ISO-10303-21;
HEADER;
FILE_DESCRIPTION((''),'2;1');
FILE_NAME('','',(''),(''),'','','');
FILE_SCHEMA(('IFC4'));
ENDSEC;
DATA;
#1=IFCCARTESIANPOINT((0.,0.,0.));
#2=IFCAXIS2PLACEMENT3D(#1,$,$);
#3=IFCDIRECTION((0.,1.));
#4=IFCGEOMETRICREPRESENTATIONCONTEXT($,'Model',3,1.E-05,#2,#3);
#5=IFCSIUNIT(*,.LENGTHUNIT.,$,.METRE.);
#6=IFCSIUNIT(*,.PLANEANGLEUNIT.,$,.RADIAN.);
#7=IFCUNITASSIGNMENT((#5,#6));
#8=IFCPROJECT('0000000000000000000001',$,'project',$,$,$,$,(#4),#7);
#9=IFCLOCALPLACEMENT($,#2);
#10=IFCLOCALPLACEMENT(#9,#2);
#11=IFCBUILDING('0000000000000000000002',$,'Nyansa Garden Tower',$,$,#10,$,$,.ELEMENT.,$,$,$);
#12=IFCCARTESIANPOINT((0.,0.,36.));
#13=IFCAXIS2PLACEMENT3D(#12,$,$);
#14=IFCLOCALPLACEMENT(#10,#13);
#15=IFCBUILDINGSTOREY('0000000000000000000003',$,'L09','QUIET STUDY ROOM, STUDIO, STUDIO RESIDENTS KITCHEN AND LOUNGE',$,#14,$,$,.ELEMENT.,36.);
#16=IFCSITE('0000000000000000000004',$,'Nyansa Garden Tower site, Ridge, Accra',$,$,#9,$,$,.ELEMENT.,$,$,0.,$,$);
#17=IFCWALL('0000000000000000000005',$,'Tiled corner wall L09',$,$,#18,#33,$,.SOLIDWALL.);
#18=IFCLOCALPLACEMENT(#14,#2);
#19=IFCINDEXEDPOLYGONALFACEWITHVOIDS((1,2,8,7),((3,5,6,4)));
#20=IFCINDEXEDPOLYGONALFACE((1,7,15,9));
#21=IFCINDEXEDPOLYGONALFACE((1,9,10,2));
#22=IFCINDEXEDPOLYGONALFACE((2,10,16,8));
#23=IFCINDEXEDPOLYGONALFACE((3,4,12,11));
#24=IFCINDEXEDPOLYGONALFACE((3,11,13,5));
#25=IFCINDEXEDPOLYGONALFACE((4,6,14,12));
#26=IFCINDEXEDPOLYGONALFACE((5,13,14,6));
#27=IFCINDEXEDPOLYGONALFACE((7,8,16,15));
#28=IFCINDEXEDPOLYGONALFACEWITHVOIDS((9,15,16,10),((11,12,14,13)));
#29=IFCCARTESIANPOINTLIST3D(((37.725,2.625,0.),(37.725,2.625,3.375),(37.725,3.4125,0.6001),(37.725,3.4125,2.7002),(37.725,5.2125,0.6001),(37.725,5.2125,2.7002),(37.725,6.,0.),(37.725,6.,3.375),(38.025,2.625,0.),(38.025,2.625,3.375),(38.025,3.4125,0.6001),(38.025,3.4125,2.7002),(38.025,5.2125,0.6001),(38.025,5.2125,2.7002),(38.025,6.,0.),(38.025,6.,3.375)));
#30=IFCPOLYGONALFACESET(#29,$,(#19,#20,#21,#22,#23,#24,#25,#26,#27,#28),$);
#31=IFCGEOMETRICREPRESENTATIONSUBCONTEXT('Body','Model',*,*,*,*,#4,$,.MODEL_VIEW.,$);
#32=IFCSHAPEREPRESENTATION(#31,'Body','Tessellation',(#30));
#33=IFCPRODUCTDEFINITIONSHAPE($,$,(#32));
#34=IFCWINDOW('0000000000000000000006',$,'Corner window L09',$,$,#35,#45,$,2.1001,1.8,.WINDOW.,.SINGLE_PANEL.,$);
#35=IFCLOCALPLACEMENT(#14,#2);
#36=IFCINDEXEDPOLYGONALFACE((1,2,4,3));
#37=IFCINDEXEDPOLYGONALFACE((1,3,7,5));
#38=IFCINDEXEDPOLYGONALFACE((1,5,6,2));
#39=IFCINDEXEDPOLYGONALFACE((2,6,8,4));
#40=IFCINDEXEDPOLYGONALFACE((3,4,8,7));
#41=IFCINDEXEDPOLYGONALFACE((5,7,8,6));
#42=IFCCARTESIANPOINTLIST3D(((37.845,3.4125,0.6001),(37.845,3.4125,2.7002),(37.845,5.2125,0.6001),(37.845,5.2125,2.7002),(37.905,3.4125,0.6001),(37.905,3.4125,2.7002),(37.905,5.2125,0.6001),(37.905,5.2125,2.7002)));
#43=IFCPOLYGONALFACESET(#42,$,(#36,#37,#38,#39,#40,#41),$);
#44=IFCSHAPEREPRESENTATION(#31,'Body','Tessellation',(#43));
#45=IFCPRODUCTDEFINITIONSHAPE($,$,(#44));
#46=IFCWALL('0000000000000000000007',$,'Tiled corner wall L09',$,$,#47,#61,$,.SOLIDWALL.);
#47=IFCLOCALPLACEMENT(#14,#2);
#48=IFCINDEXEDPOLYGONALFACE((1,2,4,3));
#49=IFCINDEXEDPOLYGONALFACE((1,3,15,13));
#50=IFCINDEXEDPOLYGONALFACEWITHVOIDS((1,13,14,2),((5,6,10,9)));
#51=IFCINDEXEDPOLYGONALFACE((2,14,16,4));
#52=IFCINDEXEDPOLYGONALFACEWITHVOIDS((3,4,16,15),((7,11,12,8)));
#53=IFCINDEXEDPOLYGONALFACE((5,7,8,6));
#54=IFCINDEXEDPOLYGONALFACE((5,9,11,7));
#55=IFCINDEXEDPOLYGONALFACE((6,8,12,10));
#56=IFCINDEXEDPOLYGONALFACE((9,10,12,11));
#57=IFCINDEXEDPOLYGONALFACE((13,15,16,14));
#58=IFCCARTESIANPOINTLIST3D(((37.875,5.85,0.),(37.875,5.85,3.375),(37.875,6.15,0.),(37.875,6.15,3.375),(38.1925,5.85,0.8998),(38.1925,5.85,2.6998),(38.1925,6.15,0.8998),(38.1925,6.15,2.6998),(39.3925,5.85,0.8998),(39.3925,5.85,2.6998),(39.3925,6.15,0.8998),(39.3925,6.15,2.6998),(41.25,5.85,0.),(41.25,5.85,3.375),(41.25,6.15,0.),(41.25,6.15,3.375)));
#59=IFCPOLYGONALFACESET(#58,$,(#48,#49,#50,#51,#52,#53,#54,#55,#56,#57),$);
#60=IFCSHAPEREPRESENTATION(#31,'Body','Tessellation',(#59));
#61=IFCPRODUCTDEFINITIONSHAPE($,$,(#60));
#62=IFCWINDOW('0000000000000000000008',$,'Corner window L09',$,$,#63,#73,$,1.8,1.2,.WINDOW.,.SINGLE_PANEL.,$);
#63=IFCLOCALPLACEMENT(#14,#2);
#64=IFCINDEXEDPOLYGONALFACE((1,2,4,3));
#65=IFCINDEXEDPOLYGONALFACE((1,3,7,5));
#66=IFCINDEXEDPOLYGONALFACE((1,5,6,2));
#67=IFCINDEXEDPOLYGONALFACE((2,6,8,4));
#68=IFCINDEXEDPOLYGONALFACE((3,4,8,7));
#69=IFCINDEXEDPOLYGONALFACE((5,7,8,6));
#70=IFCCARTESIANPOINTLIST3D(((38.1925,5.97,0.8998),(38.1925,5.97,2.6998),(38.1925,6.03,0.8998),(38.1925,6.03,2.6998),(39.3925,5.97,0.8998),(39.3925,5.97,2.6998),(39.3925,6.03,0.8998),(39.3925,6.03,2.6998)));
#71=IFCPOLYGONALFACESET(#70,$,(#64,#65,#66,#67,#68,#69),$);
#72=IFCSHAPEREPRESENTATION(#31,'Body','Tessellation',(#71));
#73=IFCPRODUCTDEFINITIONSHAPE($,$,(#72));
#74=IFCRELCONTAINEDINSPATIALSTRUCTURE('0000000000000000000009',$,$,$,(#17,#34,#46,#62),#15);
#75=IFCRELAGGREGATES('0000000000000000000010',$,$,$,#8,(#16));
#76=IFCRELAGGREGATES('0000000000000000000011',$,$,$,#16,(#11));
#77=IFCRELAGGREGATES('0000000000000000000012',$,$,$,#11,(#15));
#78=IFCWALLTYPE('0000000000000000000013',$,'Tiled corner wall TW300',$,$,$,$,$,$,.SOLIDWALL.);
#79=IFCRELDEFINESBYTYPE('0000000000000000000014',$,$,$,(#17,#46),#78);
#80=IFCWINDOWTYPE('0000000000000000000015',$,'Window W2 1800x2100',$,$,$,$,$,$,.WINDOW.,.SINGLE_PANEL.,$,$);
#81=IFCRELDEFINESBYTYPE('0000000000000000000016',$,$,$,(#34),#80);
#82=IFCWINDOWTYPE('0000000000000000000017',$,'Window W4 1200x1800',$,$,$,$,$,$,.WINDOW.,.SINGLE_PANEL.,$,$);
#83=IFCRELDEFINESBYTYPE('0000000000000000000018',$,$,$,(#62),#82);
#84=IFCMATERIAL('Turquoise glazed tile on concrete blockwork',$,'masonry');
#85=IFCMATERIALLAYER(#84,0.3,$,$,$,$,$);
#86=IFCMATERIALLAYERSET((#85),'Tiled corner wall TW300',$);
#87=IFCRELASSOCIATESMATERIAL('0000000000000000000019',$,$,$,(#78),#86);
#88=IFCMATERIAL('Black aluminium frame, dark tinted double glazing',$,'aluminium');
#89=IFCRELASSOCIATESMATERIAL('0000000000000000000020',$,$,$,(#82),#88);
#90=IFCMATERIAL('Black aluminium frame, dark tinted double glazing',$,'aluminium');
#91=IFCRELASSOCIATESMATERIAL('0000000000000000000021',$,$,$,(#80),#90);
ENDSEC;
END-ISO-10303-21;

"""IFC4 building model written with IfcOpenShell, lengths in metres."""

from ifc_helpers import new_model, si_unit, direction, frame, frame_2d, origin, place, context, subcontext, project, spatial, rectangle, extrude, material, layer, layer_set, type_object, element, fill, save


model = new_model("IFC4")

# Units and contexts
model_context = context("Model", 3, precision=1e-05, world=origin(), true_north=direction((0.0, 1.0)))
body_context = subcontext(model_context, "Body", "Model", "MODEL_VIEW")
ifc_project = project(units=[si_unit("LENGTHUNIT", "METRE"), si_unit("PLANEANGLEUNIT", "RADIAN")], contexts=[model_context])

# Site, building, storey
site_placement = place(None, origin())
site = spatial("IfcSite", under=ifc_project, at=site_placement, Name="Nyansa Garden Tower site, Ridge, Accra", CompositionType="ELEMENT", RefElevation=0.0)
building_placement = place(site_placement, origin())
building = spatial("IfcBuilding", under=site, at=building_placement, Name="Nyansa Garden Tower", CompositionType="ELEMENT")
storey_placement = place(building_placement, frame((0.0, 0.0, 36.0)))
storey = spatial("IfcBuildingStorey", under=building, at=storey_placement, Name="L09", Description="QUIET STUDY ROOM, STUDIO, STUDIO RESIDENTS KITCHEN AND LOUNGE", CompositionType="ELEMENT", Elevation=36.0)

# Walls, openings, windows
ifc_material_1 = material(Name="Turquoise glazed tile on concrete blockwork", Category="masonry")
ifc_layer_1 = layer(ifc_material_1, 0.3)
ifc_layer_set_1 = layer_set([ifc_layer_1], Name="Tiled corner wall TW300")
wall_type = type_object("IfcWallType", Name="Tiled corner wall TW300", PredefinedType="SOLIDWALL", material=ifc_layer_set_1)
ifc_material_2 = material(Name="Black aluminium frame, dark tinted double glazing", Category="aluminium")
window_type_1 = type_object("IfcWindowType", Name="Window W4 1200x1800", PartitioningType="SINGLE_PANEL", PredefinedType="WINDOW", material=ifc_material_2)
ifc_material_3 = material(Name="Black aluminium frame, dark tinted double glazing", Category="aluminium")
window_type_2 = type_object("IfcWindowType", Name="Window W2 1800x2100", PartitioningType="SINGLE_PANEL", PredefinedType="WINDOW", material=ifc_material_3)
wall_1_placement = place(storey_placement, frame((37.875, 2.625, 0.0), z_axis=(0.0, 0.0, 1.0), x_axis=(0.0, 1.0, 0.0)))
wall_1 = element("IfcWall", 1, at=wall_1_placement, inside=storey, type_object=wall_type, Name="Tiled corner wall L09", PredefinedType="SOLIDWALL", context=body_context, shape_type="SweptSolid", body=[
    extrude(rectangle(XDim=3.375, YDim=0.3, at=frame_2d((1.6875, 0.0))), origin(), (0.0, 0.0, 1.0), 3.375),
])
opening_1_placement = place(wall_1_placement, frame((0.7876, 0.0, 0.6001)))
opening_1 = element("IfcOpeningElement", 2, at=opening_1_placement, cuts=wall_1, PredefinedType="OPENING", context=body_context, shape_type="SweptSolid", body=[
    extrude(rectangle(XDim=1.8, YDim=2.1001, at=frame_2d((0.8999, 1.05))), frame((0.0, 0.1599, 0.0), z_axis=(0.0, -1.0, 0.0), x_axis=(1.0, 0.0, 0.0)), (0.0, 0.0, 1.0), 0.3201),
])
window_1_placement = place(opening_1_placement, origin())
window_1 = element("IfcWindow", 3, at=window_1_placement, inside=storey, type_object=window_type_2, Name="Corner window L09", OverallHeight=2.1001, OverallWidth=1.8, PartitioningType="SINGLE_PANEL", PredefinedType="WINDOW", context=body_context, shape_type="SweptSolid", body=[
    extrude(rectangle(XDim=1.8, YDim=2.1001, at=frame_2d((0.8999, 1.05))), frame((0.0, 0.03, 0.0), z_axis=(0.0, -1.0, 0.0), x_axis=(1.0, 0.0, 0.0)), (0.0, 0.0, 1.0), 0.0601),
])
fill(opening_1, window_1)
wall_2_placement = place(storey_placement, frame((37.875, 6.0, 0.0), z_axis=(0.0, 0.0, 1.0), x_axis=(1.0, 0.0, 0.0)))
wall_2 = element("IfcWall", 4, at=wall_2_placement, inside=storey, type_object=wall_type, Name="Tiled corner wall L09", PredefinedType="SOLIDWALL", context=body_context, shape_type="SweptSolid", body=[
    extrude(rectangle(XDim=3.375, YDim=0.3, at=frame_2d((1.6875, 0.0))), origin(), (0.0, 0.0, 1.0), 3.375),
])
opening_2_placement = place(wall_2_placement, frame((0.3174, 0.0, 0.8999)))
opening_2 = element("IfcOpeningElement", 5, at=opening_2_placement, cuts=wall_2, PredefinedType="OPENING", context=body_context, shape_type="SweptSolid", body=[
    extrude(rectangle(XDim=1.2, YDim=1.8, at=frame_2d((0.6001, 0.8999))), frame((0.0, 0.1599, 0.0), z_axis=(0.0, -1.0, 0.0), x_axis=(1.0, 0.0, 0.0)), (0.0, 0.0, 1.0), 0.3201),
])
window_2_placement = place(opening_2_placement, origin())
window_2 = element("IfcWindow", 6, at=window_2_placement, inside=storey, type_object=window_type_1, Name="Corner window L09", OverallHeight=1.8, OverallWidth=1.2, PartitioningType="SINGLE_PANEL", PredefinedType="WINDOW", context=body_context, shape_type="SweptSolid", body=[
    extrude(rectangle(XDim=1.2, YDim=1.8, at=frame_2d((0.6001, 0.8999))), frame((0.0, 0.03, 0.0), z_axis=(0.0, -1.0, 0.0), x_axis=(1.0, 0.0, 0.0)), (0.0, 0.0, 1.0), 0.0601),
])
fill(opening_2, window_2)

save(model, "model.ifc")
